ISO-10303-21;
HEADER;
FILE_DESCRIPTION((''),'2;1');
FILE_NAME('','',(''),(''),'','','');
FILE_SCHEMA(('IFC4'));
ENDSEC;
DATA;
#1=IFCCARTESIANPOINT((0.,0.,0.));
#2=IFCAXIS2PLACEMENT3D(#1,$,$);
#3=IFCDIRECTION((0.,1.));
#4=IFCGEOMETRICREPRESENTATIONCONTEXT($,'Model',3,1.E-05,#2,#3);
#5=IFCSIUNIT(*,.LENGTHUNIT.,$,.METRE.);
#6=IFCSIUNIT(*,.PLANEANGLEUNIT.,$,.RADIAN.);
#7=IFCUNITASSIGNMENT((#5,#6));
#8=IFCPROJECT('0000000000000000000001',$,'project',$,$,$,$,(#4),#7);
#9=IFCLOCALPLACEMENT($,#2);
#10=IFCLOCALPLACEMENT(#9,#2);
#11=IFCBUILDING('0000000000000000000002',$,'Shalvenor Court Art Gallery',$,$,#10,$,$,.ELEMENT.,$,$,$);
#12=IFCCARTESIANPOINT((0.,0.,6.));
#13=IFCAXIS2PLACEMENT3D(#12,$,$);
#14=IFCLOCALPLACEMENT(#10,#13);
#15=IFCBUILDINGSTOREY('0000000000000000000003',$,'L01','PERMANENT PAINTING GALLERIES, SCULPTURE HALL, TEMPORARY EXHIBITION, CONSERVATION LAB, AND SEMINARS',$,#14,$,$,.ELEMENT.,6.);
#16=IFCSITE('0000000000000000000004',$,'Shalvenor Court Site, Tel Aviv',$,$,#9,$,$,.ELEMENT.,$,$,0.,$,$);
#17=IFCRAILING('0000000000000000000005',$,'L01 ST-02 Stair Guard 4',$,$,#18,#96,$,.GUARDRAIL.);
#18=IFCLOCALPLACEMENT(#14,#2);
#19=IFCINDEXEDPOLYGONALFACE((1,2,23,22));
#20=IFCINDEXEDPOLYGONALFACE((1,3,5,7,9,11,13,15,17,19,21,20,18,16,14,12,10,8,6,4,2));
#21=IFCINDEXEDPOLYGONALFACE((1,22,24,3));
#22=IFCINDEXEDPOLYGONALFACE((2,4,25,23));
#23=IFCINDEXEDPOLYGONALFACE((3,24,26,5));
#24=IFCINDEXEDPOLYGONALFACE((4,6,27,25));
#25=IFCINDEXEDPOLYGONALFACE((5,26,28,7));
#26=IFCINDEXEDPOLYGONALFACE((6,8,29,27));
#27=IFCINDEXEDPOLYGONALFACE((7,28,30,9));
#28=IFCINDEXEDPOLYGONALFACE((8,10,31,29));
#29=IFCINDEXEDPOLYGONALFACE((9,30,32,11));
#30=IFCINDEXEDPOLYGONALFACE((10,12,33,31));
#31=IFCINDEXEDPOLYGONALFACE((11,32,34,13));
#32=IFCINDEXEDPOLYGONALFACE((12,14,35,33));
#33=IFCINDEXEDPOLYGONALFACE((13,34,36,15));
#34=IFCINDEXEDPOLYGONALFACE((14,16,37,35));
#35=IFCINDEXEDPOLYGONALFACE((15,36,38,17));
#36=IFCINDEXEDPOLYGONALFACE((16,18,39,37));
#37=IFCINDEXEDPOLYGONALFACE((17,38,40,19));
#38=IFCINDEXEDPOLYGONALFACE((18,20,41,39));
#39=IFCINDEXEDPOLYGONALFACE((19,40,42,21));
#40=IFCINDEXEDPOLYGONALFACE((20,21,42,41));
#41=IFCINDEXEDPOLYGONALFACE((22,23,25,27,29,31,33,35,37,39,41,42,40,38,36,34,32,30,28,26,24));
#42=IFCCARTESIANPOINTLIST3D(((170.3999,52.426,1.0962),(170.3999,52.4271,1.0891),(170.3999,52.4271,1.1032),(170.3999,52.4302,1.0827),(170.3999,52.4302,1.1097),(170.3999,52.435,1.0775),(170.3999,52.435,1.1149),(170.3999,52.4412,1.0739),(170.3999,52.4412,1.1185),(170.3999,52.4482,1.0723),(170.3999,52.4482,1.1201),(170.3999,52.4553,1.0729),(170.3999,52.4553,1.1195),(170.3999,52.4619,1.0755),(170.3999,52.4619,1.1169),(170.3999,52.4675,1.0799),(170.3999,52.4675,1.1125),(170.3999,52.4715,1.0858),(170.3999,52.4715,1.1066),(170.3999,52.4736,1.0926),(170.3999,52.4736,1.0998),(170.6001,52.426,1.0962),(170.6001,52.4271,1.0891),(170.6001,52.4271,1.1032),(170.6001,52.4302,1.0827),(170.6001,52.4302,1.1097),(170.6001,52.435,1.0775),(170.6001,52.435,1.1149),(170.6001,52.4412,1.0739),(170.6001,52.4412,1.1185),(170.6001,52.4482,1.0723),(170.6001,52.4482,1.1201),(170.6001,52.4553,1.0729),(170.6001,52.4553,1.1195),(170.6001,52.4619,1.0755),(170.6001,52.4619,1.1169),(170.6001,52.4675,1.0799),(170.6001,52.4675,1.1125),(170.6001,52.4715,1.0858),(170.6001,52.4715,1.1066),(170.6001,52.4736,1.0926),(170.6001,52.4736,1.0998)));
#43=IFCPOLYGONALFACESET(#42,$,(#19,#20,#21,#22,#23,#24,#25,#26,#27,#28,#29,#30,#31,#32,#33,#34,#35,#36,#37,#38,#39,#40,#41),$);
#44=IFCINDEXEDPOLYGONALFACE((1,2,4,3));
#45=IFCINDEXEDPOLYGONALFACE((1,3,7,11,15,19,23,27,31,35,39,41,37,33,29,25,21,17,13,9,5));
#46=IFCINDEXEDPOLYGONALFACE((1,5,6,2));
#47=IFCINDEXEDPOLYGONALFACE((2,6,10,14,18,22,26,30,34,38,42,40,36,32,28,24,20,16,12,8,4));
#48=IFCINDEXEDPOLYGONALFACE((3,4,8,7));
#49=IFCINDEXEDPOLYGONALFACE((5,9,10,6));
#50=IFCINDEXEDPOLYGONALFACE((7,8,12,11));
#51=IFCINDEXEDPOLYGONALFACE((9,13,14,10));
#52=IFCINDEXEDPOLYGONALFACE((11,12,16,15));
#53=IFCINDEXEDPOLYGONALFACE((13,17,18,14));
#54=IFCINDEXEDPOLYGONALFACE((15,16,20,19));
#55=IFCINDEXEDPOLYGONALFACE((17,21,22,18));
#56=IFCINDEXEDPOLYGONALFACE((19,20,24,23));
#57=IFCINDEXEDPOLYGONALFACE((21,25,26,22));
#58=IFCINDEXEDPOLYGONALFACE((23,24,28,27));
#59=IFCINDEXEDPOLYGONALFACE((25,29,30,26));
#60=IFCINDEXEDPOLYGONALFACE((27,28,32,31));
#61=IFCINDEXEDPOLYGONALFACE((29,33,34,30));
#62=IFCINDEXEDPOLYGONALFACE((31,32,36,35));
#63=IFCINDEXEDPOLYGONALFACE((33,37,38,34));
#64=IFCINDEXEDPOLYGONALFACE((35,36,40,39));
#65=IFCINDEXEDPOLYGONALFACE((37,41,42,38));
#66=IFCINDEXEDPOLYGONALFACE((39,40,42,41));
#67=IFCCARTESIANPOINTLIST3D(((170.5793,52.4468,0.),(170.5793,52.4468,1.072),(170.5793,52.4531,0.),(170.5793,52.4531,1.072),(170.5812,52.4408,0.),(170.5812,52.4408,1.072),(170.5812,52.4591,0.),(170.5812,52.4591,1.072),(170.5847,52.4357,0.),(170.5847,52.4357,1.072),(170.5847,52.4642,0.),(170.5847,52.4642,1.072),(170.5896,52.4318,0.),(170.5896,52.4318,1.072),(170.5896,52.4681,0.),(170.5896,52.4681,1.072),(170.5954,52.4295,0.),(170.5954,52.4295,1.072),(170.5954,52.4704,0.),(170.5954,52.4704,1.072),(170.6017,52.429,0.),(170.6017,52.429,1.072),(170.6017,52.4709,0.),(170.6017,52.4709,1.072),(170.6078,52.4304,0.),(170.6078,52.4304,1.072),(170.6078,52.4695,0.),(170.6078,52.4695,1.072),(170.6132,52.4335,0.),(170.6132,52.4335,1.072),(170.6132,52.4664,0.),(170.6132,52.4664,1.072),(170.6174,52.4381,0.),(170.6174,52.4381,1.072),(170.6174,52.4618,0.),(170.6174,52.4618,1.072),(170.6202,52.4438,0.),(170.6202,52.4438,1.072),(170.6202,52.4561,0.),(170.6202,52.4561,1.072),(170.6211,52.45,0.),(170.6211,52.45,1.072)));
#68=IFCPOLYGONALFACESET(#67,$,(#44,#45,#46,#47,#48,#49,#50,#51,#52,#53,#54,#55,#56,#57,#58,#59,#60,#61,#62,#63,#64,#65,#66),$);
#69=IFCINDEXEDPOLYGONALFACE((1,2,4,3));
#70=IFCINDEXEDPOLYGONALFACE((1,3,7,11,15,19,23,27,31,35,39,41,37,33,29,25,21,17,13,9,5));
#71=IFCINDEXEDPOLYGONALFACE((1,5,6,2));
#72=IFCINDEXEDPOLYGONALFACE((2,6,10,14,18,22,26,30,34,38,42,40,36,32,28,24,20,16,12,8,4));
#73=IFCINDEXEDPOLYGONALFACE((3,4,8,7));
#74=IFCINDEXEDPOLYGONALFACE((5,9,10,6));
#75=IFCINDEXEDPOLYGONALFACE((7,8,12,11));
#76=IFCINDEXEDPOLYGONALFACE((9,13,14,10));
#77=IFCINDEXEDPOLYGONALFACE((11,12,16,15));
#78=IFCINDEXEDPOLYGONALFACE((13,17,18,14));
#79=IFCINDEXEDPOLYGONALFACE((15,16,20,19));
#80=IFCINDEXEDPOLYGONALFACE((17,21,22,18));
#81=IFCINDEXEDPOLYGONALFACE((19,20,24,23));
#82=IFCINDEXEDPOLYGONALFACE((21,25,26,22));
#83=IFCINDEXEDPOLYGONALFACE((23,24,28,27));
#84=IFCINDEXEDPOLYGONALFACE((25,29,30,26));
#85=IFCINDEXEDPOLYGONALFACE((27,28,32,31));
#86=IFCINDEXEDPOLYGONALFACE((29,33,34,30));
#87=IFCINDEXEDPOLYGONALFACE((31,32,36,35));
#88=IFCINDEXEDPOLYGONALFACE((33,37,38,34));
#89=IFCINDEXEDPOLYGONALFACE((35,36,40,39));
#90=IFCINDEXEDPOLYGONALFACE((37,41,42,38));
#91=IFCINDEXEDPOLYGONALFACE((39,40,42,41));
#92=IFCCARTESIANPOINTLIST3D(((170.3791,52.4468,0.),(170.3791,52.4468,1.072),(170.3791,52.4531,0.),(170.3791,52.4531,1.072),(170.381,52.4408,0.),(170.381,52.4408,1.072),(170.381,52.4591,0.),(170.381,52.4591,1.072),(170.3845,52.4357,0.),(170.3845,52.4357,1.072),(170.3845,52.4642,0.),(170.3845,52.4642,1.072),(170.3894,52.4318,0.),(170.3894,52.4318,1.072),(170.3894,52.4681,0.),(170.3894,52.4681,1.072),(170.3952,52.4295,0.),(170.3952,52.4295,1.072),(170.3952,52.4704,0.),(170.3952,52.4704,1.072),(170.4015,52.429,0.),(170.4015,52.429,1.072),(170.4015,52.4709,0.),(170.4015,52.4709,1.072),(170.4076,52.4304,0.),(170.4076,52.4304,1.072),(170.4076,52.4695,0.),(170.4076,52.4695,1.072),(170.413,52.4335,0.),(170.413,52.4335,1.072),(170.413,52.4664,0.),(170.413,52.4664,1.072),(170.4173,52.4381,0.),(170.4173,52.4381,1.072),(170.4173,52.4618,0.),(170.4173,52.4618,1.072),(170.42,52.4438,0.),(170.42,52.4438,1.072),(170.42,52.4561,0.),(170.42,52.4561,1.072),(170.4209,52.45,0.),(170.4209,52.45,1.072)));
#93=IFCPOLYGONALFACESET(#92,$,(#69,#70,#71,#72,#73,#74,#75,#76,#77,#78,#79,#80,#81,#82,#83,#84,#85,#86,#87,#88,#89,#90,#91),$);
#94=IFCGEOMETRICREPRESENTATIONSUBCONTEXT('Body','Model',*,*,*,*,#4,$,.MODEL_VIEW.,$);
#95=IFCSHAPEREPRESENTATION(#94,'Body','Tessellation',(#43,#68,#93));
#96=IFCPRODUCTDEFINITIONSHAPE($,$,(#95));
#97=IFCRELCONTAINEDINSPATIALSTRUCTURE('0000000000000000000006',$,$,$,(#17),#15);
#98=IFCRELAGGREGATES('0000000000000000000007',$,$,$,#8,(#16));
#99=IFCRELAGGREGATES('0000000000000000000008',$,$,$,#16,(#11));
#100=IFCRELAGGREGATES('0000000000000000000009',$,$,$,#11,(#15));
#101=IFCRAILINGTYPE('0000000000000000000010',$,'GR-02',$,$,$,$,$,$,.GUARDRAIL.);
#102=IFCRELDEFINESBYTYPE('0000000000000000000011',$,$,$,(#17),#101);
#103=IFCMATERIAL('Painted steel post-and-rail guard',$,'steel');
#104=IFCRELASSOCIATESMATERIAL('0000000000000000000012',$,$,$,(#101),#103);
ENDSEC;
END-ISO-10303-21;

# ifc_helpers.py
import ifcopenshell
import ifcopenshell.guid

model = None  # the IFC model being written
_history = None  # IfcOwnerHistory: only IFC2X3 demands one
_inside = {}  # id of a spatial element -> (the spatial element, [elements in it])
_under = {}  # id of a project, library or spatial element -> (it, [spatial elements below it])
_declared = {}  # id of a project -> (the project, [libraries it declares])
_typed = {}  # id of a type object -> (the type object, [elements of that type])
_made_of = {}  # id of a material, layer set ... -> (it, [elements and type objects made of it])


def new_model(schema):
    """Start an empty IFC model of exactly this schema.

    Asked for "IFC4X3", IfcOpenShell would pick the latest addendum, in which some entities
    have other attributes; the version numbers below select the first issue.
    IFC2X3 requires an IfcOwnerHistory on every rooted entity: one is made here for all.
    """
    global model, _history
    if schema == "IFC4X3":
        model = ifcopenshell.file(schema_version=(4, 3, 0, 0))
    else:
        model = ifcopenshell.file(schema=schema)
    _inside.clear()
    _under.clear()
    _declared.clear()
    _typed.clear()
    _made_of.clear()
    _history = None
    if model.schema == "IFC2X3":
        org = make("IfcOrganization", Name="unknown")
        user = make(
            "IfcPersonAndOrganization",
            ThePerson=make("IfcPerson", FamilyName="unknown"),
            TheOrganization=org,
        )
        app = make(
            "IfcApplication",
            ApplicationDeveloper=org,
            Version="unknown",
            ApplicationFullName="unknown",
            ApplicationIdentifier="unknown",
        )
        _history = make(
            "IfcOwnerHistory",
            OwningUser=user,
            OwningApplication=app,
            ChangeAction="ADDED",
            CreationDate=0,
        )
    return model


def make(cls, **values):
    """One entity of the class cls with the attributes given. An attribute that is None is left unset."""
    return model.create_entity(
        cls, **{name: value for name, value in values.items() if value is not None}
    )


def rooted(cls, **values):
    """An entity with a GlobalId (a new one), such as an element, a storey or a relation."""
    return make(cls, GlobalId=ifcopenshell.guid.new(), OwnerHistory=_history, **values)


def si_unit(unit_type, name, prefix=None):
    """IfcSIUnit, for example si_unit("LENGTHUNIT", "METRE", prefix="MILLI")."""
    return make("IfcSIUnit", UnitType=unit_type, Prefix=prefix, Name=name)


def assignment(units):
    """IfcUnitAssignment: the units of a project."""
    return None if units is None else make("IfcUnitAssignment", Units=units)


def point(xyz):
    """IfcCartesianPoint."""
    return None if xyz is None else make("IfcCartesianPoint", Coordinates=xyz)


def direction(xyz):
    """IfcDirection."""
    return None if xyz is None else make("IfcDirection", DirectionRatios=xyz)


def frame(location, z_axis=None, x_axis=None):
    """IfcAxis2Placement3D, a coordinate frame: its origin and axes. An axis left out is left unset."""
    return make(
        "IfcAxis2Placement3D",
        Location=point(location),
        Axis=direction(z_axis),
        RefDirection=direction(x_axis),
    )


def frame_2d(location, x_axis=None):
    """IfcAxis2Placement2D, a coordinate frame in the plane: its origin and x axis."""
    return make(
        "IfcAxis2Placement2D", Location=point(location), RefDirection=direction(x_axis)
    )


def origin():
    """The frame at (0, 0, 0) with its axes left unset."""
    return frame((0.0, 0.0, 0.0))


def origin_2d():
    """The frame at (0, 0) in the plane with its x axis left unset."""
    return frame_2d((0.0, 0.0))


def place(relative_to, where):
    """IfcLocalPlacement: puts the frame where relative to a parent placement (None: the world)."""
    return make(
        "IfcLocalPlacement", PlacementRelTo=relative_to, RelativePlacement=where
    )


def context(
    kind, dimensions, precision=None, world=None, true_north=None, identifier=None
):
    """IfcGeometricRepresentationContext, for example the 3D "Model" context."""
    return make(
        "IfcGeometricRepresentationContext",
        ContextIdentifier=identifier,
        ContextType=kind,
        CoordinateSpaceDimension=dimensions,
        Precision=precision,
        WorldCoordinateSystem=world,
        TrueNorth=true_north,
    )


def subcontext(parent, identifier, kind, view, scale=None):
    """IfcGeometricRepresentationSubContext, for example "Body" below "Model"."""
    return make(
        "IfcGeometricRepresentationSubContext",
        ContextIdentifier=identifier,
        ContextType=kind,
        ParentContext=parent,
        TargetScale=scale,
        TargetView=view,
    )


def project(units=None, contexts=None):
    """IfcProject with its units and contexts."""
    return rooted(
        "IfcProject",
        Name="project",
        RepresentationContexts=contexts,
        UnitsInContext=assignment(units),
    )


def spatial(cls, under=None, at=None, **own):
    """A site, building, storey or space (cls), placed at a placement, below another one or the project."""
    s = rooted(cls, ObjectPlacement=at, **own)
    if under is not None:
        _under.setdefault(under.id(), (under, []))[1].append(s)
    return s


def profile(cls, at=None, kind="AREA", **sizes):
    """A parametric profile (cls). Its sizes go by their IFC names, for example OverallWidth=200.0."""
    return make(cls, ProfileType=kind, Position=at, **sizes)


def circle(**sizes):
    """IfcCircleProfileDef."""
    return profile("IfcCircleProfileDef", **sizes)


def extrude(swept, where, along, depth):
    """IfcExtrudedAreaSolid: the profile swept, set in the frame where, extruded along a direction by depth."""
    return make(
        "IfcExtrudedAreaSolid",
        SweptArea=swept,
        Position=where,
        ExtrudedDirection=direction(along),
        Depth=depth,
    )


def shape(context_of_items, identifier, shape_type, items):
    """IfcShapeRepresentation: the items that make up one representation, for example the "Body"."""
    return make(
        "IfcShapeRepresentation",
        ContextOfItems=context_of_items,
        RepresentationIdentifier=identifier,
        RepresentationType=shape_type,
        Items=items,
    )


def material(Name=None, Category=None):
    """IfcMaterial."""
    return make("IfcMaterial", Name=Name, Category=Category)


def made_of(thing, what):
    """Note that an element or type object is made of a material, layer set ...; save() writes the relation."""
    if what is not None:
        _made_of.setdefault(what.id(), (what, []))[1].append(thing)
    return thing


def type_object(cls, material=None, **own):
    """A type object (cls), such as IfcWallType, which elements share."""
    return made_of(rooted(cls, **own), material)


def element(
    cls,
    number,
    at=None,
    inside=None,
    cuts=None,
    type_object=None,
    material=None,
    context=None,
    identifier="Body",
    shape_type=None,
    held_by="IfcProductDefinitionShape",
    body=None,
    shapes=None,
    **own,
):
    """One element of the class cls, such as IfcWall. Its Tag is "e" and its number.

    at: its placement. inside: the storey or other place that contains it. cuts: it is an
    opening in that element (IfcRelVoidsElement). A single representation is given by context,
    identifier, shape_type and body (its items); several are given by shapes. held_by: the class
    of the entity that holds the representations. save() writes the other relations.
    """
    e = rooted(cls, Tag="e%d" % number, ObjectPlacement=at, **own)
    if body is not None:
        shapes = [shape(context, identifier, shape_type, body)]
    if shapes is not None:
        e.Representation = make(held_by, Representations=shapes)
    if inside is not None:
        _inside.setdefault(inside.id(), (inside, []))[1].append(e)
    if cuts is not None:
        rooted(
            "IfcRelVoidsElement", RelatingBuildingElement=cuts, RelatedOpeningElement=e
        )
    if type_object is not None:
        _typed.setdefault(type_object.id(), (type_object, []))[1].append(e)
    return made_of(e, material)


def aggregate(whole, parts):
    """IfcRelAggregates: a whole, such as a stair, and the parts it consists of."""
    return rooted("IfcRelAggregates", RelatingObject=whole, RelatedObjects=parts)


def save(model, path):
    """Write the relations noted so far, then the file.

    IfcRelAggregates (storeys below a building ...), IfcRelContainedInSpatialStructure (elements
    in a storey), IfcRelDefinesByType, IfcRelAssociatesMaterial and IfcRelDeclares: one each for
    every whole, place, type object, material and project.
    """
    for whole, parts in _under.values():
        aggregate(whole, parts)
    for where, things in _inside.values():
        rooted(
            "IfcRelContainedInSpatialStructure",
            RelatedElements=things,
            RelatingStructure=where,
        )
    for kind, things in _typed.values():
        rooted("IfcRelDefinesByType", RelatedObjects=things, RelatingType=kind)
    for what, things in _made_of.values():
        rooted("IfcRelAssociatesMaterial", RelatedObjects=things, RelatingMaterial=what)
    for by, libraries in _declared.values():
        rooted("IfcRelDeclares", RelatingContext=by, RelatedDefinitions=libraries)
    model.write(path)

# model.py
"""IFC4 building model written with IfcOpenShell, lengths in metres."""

from ifc_helpers import new_model, si_unit, direction, frame, origin, origin_2d, place, context, subcontext, project, spatial, circle, extrude, material, type_object, element, save


model = new_model("IFC4")

# Units and contexts
model_context = context("Model", 3, precision=1e-05, world=origin(), true_north=direction((0.0, 1.0)))
body_context = subcontext(model_context, "Body", "Model", "MODEL_VIEW")
ifc_project = project(units=[si_unit("LENGTHUNIT", "METRE"), si_unit("PLANEANGLEUNIT", "RADIAN")], contexts=[model_context])

# Site, building, storey
site_placement = place(None, origin())
site = spatial("IfcSite", under=ifc_project, at=site_placement, Name="Shalvenor Court Site, Tel Aviv", CompositionType="ELEMENT", RefElevation=0.0)
building_placement = place(site_placement, origin())
building = spatial("IfcBuilding", under=site, at=building_placement, Name="Shalvenor Court Art Gallery", CompositionType="ELEMENT")
storey_placement = place(building_placement, frame((0.0, 0.0, 6.0)))
storey = spatial("IfcBuildingStorey", under=building, at=storey_placement, Name="L01", Description="PERMANENT PAINTING GALLERIES, SCULPTURE HALL, TEMPORARY EXHIBITION, CONSERVATION LAB, AND SEMINARS", CompositionType="ELEMENT", Elevation=6.0)

# Railing
ifc_material_1 = material(Name="Painted steel post-and-rail guard", Category="steel")
railing_type_1 = type_object("IfcRailingType", Name="GR-02", PredefinedType="GUARDRAIL", material=ifc_material_1)
railing_1_placement = place(storey_placement, frame((170.6001, 52.45, 0.0)))
element("IfcRailing", 1, at=railing_1_placement, inside=storey, type_object=railing_type_1, Name="L01 ST-02 Stair Guard 4", PredefinedType="GUARDRAIL", context=body_context, shape_type="SweptSolid", body=[
    extrude(circle(Radius=0.0239, at=origin_2d()), frame((0.0, 0.0, 1.0962), z_axis=(-1.0, 0.0, 0.0), x_axis=(0.0, -1.0, 0.0)), (0.0, 0.0, 1.0), 0.2002),
    extrude(circle(Radius=0.021, at=origin_2d()), origin(), (0.0, 0.0, 1.0), 1.072),
    extrude(circle(Radius=0.021, at=origin_2d()), frame((-0.2002, 0.0, 0.0)), (0.0, 0.0, 1.0), 1.072),
])

save(model, "model.ifc")
